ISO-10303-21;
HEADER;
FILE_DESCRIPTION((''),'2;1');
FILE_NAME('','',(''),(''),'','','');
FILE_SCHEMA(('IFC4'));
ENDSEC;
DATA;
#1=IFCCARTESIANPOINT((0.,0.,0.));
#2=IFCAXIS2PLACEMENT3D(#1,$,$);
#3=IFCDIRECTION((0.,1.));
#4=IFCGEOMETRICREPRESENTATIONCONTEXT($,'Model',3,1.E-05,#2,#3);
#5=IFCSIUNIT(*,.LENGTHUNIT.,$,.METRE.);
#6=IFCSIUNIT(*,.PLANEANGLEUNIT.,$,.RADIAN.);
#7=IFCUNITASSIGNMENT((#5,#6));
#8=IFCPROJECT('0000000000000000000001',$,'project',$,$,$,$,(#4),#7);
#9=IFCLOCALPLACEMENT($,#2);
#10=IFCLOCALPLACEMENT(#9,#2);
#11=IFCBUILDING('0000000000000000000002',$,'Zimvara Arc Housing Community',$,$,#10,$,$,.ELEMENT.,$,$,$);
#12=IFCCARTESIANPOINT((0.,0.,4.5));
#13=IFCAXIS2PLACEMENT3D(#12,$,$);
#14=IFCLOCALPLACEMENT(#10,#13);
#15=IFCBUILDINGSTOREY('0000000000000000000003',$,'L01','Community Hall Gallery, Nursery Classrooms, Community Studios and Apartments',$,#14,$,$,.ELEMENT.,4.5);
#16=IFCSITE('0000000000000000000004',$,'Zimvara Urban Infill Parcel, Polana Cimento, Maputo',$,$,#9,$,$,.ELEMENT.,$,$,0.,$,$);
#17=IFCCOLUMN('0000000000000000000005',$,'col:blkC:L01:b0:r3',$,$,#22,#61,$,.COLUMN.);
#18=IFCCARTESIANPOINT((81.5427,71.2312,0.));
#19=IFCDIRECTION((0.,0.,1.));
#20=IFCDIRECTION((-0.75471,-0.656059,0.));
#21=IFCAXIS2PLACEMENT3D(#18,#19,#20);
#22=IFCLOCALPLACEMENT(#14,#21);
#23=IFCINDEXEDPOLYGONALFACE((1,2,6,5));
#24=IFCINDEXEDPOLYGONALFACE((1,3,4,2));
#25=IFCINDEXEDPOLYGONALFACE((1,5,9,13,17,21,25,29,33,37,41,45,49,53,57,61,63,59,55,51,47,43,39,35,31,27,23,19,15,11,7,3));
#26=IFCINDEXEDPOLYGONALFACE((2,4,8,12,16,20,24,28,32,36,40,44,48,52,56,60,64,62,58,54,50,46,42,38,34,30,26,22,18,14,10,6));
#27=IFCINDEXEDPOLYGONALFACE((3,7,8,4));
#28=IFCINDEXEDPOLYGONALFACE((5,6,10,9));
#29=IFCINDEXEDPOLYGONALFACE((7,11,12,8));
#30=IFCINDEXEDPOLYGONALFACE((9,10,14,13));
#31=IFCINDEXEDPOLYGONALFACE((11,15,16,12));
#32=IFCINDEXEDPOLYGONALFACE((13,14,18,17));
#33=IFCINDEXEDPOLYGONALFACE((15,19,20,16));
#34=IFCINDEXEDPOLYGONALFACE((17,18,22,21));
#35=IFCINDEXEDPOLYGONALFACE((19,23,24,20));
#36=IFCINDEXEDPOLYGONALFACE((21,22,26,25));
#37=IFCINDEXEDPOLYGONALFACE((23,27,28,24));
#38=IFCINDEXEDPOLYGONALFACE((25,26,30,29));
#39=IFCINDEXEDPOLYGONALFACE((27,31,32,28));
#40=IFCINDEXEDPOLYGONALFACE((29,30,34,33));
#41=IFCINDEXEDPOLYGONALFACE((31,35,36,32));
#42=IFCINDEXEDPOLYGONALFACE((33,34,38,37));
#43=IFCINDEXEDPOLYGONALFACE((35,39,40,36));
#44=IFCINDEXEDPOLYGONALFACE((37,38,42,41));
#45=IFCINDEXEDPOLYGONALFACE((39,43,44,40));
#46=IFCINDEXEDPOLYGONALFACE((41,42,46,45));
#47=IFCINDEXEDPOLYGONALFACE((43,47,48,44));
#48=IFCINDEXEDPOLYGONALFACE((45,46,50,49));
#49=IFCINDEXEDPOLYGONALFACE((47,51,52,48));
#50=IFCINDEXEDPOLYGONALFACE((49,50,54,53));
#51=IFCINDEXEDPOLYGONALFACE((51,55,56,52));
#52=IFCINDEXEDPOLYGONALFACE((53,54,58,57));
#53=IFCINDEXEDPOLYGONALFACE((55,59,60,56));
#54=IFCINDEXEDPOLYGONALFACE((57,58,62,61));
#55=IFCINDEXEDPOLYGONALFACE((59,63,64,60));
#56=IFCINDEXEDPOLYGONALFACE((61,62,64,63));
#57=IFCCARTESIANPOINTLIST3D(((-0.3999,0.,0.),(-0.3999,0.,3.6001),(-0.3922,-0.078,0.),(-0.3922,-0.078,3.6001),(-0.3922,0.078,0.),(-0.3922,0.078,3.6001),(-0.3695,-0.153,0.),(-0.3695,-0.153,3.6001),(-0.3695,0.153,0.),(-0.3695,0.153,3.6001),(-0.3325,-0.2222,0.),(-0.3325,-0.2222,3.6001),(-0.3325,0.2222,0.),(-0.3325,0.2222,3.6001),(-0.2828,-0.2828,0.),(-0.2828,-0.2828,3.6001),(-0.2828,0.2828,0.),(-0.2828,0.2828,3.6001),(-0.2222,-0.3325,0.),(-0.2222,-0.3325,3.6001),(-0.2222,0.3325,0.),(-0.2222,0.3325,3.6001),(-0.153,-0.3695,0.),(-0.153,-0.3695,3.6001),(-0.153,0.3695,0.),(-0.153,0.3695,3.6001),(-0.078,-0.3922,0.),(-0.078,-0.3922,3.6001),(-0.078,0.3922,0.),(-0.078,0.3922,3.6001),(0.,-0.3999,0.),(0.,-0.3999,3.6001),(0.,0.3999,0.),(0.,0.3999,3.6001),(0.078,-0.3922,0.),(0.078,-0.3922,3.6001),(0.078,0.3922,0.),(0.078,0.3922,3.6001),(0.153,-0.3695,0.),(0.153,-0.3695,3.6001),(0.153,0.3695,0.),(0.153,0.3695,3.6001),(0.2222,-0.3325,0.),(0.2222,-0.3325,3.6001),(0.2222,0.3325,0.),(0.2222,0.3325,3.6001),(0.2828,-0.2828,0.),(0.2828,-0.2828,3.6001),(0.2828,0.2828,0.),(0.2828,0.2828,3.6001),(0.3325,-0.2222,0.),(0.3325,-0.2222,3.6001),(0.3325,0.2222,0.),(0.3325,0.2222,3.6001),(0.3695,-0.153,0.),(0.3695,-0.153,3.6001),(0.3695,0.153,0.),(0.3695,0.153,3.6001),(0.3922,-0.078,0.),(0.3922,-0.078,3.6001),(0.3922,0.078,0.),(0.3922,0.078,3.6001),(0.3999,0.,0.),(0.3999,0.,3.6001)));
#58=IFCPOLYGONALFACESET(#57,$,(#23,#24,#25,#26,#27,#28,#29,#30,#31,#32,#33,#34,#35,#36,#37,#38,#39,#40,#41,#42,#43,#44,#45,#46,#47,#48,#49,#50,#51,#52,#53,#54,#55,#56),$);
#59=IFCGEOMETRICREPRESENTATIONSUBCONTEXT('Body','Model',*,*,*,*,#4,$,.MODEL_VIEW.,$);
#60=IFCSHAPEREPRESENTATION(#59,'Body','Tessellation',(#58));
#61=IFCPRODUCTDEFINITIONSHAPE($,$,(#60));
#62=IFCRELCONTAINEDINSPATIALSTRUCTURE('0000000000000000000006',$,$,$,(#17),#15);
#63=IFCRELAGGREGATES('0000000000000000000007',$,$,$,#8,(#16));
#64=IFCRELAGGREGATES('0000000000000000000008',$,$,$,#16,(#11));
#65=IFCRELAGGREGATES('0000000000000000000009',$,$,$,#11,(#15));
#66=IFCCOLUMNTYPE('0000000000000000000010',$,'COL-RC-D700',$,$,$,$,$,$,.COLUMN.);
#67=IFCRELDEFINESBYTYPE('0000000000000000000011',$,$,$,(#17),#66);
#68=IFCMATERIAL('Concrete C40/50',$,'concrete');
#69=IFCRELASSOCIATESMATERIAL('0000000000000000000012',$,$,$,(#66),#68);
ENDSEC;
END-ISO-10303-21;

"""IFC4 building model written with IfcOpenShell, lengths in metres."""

from ifc_helpers import new_model, si_unit, direction, frame, origin, origin_2d, place, context, subcontext, project, spatial, circle, extrude, material, material_profile, profile_set, type_object, element, save


model = new_model("IFC4")

# Units and contexts
model_context = context("Model", 3, precision=1e-05, world=origin(), true_north=direction((0.0, 1.0)))
body_context = subcontext(model_context, "Body", "Model", "MODEL_VIEW")
ifc_project = project(units=[si_unit("LENGTHUNIT", "METRE"), si_unit("PLANEANGLEUNIT", "RADIAN")], contexts=[model_context])

# Site, building, storey
site_placement = place(None, origin())
site = spatial("IfcSite", under=ifc_project, at=site_placement, Name="Zimvara Urban Infill Parcel, Polana Cimento, Maputo", CompositionType="ELEMENT", RefElevation=0.0)
building_placement = place(site_placement, origin())
building = spatial("IfcBuilding", under=site, at=building_placement, Name="Zimvara Arc Housing Community", CompositionType="ELEMENT")
storey_placement = place(building_placement, frame((0.0, 0.0, 4.5)))
storey = spatial("IfcBuildingStorey", under=building, at=storey_placement, Name="L01", Description="Community Hall Gallery, Nursery Classrooms, Community Studios and Apartments", CompositionType="ELEMENT", Elevation=4.5)

# Column
ifc_material_1 = material(Name="Concrete C40/50", Category="concrete")
ifc_material_profile_1 = material_profile(ifc_material_1, circle(Radius=0.3999, at=origin_2d()), Name="RC D800")
ifc_profile_set_1 = profile_set([ifc_material_profile_1], Name="Concrete C40/50")
column_type_1 = type_object("IfcColumnType", Name="COL-RC-D700", PredefinedType="COLUMN", material=ifc_profile_set_1)
column_1_placement = place(storey_placement, frame((81.5427, 71.2312, 0.0), z_axis=(0.0, 0.0, 1.0), x_axis=(-0.75471, -0.656059, 0.0)))
element("IfcColumn", 1, at=column_1_placement, inside=storey, type_object=column_type_1, Name="col:blkC:L01:b0:r3", PredefinedType="COLUMN", context=body_context, shape_type="SweptSolid", body=[
    extrude(circle(Radius=0.3999, at=origin_2d()), origin(), (0.0, 0.0, 1.0), 3.6001),
])

save(model, "model.ifc")
